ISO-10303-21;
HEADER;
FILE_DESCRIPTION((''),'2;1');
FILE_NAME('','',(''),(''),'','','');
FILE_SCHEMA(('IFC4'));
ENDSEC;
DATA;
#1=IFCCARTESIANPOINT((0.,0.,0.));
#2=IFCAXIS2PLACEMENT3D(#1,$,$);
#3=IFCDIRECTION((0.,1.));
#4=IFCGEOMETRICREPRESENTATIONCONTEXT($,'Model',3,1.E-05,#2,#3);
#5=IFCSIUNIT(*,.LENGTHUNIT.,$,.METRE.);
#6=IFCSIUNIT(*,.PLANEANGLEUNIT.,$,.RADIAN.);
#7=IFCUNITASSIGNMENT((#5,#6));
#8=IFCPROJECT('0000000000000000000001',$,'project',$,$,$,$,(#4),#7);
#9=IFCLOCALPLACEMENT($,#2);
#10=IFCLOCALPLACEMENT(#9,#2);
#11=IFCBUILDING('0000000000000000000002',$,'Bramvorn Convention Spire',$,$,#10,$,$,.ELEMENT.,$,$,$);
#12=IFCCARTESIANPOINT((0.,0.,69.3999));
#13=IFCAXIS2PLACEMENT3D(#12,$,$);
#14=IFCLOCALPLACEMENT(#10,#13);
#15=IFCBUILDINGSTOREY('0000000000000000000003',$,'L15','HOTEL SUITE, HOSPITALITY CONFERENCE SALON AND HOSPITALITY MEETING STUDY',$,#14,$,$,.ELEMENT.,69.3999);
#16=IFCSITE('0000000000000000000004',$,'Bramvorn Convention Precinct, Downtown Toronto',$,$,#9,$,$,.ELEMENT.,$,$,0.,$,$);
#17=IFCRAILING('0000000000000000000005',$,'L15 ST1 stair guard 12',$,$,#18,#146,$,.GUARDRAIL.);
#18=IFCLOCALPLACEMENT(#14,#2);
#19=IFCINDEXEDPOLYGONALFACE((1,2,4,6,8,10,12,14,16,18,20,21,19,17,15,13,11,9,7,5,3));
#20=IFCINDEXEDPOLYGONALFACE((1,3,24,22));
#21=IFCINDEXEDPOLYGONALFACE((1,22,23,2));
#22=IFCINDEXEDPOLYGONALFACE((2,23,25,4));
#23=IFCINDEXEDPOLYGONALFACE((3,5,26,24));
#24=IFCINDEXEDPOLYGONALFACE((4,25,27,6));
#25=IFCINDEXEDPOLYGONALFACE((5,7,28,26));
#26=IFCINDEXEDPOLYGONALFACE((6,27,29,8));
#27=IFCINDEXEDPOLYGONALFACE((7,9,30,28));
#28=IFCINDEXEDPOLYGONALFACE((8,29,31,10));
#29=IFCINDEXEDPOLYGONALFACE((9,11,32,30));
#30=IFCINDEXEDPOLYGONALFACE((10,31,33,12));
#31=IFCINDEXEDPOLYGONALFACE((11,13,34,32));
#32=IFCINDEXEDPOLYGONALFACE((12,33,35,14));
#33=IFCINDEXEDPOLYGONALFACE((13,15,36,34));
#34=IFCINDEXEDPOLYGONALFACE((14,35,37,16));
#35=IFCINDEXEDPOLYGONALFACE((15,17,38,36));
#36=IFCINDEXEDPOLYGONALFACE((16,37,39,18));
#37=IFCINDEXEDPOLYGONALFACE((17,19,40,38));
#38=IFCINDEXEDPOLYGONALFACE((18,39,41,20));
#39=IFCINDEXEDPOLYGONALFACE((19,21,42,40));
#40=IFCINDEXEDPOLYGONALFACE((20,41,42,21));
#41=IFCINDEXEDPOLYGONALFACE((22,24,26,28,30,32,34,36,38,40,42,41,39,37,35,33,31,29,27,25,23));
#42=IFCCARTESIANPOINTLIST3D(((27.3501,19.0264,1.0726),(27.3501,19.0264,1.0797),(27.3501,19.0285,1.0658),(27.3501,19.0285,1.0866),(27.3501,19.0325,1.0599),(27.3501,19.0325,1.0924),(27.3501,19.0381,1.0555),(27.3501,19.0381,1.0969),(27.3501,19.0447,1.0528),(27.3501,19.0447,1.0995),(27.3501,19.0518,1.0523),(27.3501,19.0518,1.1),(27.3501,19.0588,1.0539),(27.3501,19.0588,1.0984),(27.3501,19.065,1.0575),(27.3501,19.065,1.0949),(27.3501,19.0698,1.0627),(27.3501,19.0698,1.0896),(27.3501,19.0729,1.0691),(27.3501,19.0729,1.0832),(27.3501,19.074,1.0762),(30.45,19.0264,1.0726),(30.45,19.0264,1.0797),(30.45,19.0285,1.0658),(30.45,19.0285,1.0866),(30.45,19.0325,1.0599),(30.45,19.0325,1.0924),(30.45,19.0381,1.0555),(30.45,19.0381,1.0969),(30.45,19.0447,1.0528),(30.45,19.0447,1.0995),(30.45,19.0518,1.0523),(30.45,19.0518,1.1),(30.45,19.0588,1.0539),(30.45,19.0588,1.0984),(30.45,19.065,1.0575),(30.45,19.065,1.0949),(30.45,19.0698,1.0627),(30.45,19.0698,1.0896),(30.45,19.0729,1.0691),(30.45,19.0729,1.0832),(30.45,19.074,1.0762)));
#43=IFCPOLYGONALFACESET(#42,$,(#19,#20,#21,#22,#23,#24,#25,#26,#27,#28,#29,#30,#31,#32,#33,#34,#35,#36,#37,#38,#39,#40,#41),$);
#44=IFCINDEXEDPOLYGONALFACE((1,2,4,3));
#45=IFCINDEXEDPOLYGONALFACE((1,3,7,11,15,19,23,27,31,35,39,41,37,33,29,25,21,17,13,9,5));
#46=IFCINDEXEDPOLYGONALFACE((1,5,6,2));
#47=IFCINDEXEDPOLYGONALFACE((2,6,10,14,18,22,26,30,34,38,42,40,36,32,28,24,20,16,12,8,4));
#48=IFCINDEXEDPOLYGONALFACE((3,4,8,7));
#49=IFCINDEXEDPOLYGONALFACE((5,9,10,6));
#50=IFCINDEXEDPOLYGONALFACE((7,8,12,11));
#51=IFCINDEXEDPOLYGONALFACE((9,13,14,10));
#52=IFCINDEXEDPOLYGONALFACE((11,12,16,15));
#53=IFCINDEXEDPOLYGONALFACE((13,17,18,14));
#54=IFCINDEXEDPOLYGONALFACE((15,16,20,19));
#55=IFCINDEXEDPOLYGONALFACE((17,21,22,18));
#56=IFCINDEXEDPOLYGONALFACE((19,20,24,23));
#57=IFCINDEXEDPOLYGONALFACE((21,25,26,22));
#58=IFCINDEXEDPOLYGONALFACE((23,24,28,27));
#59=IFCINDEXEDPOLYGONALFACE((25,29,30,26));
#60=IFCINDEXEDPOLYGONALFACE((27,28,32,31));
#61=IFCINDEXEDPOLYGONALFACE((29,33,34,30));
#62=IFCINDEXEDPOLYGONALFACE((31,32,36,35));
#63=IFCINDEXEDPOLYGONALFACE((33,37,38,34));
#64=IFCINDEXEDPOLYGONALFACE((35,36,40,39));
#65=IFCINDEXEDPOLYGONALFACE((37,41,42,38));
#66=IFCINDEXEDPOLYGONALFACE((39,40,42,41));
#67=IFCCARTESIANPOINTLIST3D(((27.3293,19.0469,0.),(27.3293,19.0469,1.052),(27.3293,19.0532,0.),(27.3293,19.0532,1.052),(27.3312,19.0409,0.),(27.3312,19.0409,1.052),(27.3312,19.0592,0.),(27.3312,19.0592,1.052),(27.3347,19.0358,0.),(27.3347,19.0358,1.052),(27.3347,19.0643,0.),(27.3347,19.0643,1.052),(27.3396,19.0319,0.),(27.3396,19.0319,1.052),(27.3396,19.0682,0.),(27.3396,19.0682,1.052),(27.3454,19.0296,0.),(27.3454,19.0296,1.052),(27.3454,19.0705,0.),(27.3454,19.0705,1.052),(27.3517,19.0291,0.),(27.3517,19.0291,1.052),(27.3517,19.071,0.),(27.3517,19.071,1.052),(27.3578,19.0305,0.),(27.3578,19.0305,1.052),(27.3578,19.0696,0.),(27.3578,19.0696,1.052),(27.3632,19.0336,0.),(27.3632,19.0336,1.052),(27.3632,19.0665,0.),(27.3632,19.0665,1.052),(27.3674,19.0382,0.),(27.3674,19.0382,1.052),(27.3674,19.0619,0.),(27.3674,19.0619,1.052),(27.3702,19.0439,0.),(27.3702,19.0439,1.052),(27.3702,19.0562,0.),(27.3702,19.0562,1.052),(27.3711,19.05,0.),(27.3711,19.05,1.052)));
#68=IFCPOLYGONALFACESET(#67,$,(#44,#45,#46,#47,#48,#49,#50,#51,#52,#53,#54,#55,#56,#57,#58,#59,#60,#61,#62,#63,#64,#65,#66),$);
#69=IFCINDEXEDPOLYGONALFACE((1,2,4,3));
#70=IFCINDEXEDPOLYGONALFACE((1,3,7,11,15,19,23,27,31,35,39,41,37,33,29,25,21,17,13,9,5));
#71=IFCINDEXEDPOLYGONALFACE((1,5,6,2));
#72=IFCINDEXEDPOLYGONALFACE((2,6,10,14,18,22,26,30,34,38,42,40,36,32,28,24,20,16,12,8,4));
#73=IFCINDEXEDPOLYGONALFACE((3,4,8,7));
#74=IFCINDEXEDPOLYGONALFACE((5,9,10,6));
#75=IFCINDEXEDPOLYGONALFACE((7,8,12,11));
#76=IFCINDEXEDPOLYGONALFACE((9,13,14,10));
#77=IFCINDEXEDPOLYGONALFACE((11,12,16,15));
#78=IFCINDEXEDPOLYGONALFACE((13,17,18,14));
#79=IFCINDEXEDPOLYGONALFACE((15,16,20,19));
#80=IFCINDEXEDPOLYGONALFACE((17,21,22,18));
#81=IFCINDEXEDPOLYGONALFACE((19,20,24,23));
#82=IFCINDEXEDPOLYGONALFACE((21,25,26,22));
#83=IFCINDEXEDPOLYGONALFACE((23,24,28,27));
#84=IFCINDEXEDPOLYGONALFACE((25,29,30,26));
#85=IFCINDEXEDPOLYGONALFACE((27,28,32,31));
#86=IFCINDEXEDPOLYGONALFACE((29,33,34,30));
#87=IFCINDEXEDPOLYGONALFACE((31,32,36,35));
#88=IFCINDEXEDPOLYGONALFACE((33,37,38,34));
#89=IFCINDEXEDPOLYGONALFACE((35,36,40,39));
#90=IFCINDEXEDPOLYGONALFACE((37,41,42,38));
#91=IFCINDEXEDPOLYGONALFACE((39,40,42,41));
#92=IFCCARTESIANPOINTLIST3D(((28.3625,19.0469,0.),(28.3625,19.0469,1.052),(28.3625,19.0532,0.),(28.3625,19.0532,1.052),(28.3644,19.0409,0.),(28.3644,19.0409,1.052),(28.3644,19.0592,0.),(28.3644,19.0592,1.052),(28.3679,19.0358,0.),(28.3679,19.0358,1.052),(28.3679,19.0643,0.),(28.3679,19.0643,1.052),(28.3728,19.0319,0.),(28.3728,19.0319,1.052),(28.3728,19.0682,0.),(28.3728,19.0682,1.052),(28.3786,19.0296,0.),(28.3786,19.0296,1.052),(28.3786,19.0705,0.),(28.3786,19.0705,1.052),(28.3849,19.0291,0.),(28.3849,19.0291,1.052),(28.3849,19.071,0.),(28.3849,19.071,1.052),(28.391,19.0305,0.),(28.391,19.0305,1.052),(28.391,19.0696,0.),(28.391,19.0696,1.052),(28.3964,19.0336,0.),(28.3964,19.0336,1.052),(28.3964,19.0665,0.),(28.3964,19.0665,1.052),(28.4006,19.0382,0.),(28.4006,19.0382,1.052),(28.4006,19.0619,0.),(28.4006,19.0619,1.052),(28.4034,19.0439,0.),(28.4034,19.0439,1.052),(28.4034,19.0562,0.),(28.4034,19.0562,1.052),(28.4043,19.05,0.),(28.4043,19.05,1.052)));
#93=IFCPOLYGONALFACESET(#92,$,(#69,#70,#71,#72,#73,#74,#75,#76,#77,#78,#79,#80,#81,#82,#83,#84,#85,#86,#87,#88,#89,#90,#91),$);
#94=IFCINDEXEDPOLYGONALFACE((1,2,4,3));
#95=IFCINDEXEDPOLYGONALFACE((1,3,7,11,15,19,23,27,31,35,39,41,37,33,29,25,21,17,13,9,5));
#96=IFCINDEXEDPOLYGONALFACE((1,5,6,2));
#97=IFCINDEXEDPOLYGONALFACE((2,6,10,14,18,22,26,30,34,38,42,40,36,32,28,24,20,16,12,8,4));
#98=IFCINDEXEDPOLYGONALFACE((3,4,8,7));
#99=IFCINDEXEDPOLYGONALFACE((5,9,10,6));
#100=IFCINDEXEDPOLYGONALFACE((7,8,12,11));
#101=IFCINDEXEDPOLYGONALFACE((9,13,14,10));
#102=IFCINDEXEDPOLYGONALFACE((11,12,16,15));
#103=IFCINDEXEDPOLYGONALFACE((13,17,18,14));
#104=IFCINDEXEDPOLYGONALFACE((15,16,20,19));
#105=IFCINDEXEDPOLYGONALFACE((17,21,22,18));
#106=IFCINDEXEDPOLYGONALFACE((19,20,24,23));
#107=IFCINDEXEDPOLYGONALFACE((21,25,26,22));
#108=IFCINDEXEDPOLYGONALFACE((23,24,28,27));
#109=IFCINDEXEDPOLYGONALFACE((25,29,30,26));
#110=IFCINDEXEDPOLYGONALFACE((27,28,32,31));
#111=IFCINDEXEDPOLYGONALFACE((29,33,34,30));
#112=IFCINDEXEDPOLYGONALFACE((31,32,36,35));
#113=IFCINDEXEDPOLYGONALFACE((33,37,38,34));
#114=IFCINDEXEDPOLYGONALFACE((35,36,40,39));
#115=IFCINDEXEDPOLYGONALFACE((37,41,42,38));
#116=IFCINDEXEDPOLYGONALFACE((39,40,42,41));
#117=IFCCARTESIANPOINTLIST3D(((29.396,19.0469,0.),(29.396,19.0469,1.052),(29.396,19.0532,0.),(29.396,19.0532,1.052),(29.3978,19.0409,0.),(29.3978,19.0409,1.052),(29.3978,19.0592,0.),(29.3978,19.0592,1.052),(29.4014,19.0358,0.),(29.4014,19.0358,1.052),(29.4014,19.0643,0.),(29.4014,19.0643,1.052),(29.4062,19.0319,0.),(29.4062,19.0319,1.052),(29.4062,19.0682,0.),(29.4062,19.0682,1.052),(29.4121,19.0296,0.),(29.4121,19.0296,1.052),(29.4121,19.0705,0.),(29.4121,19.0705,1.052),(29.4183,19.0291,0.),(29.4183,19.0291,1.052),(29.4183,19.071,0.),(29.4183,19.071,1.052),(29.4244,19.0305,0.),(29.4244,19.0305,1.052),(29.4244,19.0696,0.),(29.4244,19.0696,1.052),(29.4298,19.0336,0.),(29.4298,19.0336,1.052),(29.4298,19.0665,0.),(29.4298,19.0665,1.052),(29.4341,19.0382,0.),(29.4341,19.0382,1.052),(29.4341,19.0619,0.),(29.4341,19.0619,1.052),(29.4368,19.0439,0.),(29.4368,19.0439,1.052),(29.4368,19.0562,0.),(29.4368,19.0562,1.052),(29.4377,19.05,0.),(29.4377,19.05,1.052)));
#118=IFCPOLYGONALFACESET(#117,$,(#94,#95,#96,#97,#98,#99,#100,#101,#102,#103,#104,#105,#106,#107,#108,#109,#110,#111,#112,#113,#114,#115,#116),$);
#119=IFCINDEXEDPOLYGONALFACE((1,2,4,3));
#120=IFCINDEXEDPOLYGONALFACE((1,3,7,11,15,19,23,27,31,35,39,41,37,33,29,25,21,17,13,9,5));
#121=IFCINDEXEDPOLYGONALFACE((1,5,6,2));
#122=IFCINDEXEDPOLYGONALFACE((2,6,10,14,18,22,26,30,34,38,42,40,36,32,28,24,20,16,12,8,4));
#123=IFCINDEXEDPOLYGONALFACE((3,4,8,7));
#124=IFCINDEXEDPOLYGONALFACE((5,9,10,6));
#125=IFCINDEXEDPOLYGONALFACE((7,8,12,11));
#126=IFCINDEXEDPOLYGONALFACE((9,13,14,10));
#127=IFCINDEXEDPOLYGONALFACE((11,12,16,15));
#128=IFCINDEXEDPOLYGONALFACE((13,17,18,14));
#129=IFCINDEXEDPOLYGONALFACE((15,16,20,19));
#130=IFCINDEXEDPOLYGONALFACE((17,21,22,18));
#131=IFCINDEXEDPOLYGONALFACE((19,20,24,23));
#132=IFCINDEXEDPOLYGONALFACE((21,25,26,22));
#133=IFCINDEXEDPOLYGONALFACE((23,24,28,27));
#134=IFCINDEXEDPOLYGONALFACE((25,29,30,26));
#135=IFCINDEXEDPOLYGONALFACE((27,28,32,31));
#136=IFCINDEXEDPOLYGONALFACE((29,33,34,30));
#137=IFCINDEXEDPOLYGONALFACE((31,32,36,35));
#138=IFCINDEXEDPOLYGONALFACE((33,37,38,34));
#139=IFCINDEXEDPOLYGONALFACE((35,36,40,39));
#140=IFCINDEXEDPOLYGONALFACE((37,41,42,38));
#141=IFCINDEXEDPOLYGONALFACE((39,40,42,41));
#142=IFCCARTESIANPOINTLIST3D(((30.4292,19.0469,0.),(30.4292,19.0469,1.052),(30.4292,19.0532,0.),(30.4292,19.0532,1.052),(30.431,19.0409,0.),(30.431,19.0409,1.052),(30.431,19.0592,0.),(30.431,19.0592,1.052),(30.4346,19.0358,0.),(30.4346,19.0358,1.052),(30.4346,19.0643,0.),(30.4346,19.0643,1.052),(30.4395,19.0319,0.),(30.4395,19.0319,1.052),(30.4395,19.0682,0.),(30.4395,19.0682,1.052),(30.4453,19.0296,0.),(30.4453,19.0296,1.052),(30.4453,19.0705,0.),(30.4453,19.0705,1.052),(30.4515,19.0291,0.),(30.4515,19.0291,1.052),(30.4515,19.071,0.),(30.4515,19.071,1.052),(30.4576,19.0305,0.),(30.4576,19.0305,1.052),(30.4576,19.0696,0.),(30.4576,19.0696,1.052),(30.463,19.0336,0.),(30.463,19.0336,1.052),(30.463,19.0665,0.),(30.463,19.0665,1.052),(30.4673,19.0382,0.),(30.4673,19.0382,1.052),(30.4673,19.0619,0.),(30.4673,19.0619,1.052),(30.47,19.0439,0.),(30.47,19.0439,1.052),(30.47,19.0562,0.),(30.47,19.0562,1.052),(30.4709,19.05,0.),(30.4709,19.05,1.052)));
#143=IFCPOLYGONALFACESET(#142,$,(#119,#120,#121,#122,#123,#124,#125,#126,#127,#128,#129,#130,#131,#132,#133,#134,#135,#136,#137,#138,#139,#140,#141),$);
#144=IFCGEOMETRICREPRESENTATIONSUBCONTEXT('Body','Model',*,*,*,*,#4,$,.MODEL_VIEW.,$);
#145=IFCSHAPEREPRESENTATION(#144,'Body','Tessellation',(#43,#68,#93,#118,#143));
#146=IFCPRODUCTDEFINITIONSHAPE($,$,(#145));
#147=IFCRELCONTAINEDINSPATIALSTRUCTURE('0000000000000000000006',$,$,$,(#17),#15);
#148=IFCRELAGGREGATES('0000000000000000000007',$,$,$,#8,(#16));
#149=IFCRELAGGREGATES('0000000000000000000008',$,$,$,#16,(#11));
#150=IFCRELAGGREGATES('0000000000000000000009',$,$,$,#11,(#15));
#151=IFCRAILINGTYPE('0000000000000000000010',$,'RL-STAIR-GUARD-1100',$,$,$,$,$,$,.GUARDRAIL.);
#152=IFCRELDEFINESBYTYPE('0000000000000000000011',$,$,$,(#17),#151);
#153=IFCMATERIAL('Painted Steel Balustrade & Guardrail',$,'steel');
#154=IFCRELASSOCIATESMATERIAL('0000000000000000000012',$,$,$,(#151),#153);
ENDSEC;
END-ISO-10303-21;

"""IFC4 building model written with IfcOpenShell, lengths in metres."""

from ifc_helpers import new_model, si_unit, direction, frame, origin, origin_2d, place, context, subcontext, project, spatial, circle, extrude, material, type_object, element, save


model = new_model("IFC4")

# Units and contexts
model_context = context("Model", 3, precision=1e-05, world=origin(), true_north=direction((0.0, 1.0)))
body_context = subcontext(model_context, "Body", "Model", "MODEL_VIEW")
ifc_project = project(units=[si_unit("LENGTHUNIT", "METRE"), si_unit("PLANEANGLEUNIT", "RADIAN")], contexts=[model_context])

# Site, building, storey
site_placement = place(None, origin())
site = spatial("IfcSite", under=ifc_project, at=site_placement, Name="Bramvorn Convention Precinct, Downtown Toronto", CompositionType="ELEMENT", RefElevation=0.0)
building_placement = place(site_placement, origin())
building = spatial("IfcBuilding", under=site, at=building_placement, Name="Bramvorn Convention Spire", CompositionType="ELEMENT")
storey_placement = place(building_placement, frame((0.0, 0.0, 69.3999)))
storey = spatial("IfcBuildingStorey", under=building, at=storey_placement, Name="L15", Description="HOTEL SUITE, HOSPITALITY CONFERENCE SALON AND HOSPITALITY MEETING STUDY", CompositionType="ELEMENT", Elevation=69.3999)

# Railing
ifc_material_1 = material(Name="Painted Steel Balustrade & Guardrail", Category="steel")
railing_type = type_object("IfcRailingType", Name="RL-STAIR-GUARD-1100", PredefinedType="GUARDRAIL", material=ifc_material_1)
railing_placement = place(storey_placement, frame((27.3501, 19.05, 0.0)))
element("IfcRailing", 1, at=railing_placement, inside=storey, type_object=railing_type, Name="L15 ST1 stair guard 12", PredefinedType="GUARDRAIL", context=body_context, shape_type="SweptSolid", body=[
    extrude(circle(Radius=0.0239, at=origin_2d()), frame((0.0, 0.0, 1.0762), z_axis=(1.0, 0.0, 0.0), x_axis=(0.0, 1.0, 0.0)), (0.0, 0.0, 1.0), 3.0999),
    extrude(circle(Radius=0.021, at=origin_2d()), origin(), (0.0, 0.0, 1.0), 1.052),
    extrude(circle(Radius=0.021, at=origin_2d()), frame((1.0332, 0.0, 0.0)), (0.0, 0.0, 1.0), 1.052),
    extrude(circle(Radius=0.021, at=origin_2d()), frame((2.0667, 0.0, 0.0)), (0.0, 0.0, 1.0), 1.052),
    extrude(circle(Radius=0.021, at=origin_2d()), frame((3.0999, 0.0, 0.0)), (0.0, 0.0, 1.0), 1.052),
])

save(model, "model.ifc")
